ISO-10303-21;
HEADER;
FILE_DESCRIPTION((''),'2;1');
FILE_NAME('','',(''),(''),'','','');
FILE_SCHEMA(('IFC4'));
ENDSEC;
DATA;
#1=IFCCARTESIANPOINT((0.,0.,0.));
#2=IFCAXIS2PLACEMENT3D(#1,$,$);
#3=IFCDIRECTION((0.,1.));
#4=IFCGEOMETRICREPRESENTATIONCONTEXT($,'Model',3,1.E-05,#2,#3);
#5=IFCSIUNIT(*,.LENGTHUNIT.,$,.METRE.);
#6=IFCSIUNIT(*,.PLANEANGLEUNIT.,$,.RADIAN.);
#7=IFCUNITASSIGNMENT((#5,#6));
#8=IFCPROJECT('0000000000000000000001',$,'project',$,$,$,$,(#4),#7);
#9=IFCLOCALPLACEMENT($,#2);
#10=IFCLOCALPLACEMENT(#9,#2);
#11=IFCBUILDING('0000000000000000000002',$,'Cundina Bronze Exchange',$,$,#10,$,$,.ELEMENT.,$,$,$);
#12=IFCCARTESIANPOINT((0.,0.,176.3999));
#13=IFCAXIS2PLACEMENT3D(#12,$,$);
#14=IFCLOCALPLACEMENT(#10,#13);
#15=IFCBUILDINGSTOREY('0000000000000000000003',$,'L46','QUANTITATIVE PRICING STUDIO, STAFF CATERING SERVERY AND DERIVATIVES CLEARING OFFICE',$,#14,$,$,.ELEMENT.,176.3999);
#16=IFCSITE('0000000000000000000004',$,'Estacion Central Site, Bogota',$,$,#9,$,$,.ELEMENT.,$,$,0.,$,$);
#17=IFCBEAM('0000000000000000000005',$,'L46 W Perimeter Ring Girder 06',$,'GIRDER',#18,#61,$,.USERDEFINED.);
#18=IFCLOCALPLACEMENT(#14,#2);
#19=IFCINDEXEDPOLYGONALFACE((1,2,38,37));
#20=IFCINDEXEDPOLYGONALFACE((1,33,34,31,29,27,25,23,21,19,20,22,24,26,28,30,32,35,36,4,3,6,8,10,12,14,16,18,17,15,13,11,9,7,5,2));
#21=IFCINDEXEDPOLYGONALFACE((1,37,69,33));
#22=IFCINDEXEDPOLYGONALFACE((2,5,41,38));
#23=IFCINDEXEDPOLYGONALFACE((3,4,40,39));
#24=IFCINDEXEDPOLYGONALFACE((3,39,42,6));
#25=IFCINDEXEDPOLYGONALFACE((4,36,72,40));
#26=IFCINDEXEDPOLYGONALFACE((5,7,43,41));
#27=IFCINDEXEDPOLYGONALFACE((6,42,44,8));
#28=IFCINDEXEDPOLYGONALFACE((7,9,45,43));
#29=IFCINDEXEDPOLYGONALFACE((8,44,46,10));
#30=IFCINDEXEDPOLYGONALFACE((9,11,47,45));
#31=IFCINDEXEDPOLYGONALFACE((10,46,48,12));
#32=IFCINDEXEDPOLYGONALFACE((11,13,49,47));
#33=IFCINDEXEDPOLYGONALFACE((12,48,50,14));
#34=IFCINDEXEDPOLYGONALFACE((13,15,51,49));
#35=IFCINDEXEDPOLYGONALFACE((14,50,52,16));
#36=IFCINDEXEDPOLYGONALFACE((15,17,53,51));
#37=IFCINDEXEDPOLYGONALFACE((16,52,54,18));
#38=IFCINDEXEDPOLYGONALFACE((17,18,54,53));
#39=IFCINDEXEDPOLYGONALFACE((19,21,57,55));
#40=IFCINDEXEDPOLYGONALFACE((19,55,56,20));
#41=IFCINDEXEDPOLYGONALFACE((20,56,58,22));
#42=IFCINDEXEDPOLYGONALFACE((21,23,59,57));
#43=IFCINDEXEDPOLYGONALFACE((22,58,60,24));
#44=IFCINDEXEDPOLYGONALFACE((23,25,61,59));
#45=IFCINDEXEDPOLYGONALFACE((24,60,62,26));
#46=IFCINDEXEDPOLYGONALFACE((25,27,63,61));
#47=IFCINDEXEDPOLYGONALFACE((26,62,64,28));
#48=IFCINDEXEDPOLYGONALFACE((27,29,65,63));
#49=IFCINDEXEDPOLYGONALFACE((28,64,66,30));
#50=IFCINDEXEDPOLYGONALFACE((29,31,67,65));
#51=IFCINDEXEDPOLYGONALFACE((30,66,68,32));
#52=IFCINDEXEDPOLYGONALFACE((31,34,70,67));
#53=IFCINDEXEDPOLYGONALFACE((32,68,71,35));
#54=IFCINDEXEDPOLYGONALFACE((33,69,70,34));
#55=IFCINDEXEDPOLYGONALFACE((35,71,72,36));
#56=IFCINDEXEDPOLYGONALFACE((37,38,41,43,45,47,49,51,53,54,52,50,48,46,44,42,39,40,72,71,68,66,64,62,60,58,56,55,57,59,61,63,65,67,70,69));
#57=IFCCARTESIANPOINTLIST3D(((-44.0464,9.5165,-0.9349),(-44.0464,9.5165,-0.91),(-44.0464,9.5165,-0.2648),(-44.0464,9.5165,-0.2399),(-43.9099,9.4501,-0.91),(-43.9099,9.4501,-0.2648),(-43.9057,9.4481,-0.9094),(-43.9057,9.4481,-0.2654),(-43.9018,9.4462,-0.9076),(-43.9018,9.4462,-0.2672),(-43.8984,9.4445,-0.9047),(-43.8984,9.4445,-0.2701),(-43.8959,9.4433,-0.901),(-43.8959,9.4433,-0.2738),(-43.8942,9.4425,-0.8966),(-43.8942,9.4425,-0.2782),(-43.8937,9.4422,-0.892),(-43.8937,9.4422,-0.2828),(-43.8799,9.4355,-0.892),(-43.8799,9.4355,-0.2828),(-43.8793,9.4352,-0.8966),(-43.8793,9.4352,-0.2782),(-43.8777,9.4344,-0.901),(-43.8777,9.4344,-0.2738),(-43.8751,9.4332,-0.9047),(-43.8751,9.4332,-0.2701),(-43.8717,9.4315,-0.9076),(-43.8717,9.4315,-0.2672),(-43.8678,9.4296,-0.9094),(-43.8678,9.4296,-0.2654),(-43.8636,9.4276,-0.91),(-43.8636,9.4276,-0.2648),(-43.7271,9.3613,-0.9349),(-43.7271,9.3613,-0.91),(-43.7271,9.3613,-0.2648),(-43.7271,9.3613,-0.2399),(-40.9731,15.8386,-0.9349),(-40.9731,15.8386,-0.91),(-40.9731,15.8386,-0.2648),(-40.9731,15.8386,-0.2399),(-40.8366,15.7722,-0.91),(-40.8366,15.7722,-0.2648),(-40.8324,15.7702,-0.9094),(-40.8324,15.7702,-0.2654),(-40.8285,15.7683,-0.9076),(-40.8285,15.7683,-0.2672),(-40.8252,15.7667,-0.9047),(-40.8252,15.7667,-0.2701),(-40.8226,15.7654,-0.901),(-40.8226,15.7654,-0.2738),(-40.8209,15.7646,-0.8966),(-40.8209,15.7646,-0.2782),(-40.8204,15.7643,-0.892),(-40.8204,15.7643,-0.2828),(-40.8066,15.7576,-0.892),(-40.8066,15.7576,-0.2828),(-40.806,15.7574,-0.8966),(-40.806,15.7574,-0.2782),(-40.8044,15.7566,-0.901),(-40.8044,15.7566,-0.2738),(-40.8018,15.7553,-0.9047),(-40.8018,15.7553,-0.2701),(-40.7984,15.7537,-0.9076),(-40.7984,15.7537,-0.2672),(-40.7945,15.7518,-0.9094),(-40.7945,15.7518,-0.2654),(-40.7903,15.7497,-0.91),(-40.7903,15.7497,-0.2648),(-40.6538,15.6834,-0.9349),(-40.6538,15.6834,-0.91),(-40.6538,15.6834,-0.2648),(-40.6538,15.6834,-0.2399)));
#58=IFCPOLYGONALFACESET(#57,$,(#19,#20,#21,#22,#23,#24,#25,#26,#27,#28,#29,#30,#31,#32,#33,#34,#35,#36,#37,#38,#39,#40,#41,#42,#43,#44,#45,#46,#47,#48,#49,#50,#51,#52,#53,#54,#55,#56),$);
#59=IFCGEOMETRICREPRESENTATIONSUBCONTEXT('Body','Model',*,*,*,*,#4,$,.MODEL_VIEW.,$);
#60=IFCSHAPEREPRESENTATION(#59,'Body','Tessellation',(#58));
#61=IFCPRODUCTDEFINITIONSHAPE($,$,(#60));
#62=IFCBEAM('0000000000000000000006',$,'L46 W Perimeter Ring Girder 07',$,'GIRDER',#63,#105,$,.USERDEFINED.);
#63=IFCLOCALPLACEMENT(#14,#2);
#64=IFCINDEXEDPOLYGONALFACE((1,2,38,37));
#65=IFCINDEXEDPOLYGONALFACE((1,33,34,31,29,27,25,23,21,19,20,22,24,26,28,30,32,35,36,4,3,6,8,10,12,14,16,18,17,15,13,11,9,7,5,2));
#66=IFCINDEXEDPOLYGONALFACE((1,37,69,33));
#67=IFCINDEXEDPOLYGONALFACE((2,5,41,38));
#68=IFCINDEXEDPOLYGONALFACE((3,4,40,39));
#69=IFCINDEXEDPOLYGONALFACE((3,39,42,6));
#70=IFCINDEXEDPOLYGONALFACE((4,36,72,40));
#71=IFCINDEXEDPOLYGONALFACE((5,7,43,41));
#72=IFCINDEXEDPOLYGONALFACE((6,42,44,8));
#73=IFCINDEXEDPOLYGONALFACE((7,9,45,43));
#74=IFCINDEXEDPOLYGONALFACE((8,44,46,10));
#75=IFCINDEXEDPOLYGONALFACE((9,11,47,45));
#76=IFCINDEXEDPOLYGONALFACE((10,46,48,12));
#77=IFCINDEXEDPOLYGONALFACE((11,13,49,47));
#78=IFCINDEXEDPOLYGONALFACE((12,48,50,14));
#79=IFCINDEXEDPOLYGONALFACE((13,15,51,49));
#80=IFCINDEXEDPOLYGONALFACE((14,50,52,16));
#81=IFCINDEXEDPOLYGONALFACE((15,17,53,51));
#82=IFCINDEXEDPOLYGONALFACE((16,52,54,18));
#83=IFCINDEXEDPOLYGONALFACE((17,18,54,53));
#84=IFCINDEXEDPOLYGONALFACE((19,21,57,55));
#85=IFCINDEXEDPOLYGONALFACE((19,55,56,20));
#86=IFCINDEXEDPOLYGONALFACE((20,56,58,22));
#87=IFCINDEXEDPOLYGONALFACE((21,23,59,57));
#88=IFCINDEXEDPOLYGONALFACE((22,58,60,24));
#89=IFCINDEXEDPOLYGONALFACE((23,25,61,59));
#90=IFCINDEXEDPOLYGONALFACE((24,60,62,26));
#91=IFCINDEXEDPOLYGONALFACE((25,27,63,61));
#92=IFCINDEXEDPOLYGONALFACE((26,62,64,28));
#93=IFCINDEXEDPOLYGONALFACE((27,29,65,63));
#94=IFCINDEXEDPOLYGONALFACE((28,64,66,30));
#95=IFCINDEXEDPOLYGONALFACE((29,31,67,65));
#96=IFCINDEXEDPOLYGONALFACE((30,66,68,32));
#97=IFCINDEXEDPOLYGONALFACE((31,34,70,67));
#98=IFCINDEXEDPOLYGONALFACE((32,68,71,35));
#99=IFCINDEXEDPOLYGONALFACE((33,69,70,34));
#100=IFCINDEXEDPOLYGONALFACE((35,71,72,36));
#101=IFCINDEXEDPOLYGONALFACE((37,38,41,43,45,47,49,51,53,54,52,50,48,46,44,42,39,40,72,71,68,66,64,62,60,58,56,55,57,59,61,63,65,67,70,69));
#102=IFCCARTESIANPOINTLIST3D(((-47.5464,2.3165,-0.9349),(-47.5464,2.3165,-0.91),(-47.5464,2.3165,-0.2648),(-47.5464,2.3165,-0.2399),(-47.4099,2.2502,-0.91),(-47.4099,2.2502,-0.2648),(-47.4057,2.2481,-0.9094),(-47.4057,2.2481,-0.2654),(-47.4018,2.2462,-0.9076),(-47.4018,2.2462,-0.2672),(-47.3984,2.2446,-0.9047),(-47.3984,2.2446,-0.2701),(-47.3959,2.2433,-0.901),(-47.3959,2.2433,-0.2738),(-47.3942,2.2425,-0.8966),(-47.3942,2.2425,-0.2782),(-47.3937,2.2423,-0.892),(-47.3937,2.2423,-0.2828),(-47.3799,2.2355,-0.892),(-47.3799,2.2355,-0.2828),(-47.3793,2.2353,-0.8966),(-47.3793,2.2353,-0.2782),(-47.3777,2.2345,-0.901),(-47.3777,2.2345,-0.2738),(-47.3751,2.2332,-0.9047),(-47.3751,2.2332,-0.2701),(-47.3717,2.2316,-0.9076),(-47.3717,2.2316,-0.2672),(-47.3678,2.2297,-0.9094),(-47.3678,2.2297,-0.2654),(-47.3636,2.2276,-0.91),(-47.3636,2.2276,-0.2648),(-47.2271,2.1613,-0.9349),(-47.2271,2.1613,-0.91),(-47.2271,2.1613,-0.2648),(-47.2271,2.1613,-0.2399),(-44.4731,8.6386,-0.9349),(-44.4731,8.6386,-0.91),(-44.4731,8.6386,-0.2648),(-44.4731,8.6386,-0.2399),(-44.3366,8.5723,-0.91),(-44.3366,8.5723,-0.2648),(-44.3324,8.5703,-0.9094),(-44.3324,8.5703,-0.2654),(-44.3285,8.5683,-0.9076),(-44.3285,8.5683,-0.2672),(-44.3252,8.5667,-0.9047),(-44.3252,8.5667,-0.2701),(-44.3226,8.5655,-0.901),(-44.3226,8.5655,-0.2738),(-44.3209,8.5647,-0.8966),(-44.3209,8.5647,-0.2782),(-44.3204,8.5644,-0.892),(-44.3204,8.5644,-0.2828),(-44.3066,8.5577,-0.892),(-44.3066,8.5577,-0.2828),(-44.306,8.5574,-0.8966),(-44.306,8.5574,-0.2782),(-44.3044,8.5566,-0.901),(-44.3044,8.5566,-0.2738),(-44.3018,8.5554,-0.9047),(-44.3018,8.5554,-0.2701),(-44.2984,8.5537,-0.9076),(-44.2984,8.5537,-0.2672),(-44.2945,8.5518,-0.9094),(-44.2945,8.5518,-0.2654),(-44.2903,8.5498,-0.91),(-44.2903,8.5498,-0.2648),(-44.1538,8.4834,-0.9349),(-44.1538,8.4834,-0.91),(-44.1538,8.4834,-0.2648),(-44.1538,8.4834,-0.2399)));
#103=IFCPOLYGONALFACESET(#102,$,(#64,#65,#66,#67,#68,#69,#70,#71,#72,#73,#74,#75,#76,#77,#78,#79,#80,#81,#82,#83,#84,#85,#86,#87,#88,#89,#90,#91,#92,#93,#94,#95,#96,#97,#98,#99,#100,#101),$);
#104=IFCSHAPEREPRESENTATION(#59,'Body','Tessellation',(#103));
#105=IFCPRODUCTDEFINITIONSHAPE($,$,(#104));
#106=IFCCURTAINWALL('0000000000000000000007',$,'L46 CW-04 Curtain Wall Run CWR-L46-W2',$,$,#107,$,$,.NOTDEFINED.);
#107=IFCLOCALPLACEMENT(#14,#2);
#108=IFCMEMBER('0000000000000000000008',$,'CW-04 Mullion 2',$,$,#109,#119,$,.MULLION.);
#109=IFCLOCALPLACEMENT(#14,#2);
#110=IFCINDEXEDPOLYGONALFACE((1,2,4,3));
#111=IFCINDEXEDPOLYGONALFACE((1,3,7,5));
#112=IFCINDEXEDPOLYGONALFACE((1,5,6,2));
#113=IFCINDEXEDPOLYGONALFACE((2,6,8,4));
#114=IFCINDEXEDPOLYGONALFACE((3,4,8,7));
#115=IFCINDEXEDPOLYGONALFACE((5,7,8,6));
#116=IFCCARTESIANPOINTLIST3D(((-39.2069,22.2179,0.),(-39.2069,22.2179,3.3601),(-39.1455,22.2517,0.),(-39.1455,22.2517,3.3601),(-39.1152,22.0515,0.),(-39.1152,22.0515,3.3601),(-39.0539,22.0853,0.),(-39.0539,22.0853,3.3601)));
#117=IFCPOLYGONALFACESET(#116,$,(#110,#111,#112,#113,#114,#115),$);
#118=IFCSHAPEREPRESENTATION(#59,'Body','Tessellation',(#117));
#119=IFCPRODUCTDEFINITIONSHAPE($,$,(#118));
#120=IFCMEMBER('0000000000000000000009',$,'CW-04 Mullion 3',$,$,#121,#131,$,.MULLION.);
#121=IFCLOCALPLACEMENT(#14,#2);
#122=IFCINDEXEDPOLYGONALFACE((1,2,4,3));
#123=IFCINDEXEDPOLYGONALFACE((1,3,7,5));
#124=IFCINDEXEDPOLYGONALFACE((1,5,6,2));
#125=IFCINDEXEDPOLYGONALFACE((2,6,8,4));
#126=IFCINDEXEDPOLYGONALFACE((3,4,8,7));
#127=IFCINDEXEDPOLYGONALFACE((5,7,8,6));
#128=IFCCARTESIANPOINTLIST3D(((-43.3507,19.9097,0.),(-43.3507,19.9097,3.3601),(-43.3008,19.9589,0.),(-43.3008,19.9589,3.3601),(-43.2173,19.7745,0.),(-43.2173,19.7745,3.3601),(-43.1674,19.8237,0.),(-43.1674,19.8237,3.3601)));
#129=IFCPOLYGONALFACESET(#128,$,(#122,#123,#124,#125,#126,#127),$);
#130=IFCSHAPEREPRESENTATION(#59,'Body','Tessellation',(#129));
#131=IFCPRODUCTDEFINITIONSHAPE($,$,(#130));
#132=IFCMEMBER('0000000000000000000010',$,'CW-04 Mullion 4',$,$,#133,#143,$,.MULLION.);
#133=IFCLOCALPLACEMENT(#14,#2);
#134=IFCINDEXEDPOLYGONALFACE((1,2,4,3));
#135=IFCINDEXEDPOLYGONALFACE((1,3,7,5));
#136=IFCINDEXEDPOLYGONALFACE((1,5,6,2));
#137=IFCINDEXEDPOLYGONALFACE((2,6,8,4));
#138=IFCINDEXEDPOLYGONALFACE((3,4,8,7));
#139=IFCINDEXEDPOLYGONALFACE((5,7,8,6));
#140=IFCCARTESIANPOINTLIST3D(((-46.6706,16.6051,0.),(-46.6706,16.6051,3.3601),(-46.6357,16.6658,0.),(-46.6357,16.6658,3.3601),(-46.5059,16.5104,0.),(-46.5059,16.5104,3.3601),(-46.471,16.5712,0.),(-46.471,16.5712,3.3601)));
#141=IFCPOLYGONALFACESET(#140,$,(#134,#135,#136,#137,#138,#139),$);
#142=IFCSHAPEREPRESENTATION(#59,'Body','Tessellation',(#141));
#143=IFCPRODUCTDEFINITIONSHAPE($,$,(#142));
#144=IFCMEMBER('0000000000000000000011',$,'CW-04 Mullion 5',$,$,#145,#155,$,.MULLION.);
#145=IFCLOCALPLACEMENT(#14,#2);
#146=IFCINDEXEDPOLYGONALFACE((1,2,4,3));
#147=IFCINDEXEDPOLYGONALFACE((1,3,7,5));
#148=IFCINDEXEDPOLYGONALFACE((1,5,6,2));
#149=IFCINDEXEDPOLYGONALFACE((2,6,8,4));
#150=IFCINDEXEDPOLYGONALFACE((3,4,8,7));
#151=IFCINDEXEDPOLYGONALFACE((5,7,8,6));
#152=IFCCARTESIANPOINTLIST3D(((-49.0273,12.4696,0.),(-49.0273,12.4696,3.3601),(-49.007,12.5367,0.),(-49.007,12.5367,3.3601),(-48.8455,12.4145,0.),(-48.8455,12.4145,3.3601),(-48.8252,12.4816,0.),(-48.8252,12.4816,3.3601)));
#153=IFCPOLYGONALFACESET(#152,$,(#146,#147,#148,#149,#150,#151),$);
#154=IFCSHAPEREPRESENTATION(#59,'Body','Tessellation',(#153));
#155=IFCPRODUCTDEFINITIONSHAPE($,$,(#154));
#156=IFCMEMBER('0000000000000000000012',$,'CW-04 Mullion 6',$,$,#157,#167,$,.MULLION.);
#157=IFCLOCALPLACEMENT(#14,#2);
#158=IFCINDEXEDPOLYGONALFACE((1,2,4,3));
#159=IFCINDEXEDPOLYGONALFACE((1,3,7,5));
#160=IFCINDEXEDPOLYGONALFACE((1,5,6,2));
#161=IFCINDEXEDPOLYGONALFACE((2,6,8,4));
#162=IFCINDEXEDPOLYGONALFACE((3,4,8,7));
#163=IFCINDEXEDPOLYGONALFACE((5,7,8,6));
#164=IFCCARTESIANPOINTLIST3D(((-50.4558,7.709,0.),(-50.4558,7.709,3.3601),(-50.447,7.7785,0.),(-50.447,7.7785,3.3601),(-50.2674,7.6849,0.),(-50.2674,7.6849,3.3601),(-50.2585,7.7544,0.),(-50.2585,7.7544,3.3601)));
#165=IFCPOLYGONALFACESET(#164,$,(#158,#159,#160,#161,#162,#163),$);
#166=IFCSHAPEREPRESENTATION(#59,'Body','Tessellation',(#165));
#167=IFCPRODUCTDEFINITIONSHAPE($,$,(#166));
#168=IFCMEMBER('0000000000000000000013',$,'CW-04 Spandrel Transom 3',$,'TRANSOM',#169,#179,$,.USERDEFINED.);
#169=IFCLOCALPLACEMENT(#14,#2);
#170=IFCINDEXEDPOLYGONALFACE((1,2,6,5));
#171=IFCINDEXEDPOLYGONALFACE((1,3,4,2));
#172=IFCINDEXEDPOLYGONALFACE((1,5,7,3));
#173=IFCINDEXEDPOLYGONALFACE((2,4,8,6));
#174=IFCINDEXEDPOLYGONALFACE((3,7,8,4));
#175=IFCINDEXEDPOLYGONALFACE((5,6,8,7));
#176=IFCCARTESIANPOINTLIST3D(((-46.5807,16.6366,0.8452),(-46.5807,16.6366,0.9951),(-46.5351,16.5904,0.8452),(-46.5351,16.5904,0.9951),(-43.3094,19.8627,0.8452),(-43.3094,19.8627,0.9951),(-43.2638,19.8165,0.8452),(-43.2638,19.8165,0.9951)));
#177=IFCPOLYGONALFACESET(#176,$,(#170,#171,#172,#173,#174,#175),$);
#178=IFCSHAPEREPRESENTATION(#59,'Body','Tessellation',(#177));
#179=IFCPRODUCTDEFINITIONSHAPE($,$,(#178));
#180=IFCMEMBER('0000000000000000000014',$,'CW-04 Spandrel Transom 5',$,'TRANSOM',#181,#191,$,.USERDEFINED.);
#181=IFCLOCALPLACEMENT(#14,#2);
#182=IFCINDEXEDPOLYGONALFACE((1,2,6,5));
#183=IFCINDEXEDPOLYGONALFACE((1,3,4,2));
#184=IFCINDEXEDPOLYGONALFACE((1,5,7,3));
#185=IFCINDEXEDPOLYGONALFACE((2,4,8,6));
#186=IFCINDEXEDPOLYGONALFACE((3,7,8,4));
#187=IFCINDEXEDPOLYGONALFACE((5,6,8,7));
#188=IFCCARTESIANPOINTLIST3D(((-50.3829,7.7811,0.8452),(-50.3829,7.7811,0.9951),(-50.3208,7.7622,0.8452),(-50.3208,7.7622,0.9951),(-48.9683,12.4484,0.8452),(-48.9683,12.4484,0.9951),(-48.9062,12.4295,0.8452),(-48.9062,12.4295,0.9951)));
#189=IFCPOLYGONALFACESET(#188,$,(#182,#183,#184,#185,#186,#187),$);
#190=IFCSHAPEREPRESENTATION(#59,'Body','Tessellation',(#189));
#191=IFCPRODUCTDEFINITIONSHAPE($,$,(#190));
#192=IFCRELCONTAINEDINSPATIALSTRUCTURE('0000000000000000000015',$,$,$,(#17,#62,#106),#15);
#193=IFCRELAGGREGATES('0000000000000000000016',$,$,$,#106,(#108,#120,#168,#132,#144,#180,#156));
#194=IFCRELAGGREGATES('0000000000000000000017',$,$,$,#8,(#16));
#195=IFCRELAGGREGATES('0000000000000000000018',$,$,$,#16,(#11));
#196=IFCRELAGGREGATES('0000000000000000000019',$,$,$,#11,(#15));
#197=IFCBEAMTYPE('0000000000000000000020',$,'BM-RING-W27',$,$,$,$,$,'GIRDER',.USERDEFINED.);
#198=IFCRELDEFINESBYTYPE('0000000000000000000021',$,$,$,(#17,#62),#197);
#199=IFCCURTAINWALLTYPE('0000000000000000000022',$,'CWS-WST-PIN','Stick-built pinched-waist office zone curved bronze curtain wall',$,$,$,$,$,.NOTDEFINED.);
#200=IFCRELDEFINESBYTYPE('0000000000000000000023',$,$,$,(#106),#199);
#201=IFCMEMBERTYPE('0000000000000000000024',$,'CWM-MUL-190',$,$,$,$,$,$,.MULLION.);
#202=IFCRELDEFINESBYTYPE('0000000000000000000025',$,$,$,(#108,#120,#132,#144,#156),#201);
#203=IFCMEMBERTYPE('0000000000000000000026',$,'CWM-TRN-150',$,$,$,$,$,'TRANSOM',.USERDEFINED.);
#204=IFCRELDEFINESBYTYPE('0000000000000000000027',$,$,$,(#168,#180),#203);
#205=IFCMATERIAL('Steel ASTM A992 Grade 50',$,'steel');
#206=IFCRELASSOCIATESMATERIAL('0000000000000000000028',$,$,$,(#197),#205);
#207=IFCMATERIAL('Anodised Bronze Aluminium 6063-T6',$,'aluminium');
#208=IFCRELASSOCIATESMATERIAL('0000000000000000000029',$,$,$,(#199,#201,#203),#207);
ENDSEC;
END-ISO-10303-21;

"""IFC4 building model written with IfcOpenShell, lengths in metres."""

from ifc_helpers import new_model, si_unit, direction, frame, origin, origin_2d, place, context, subcontext, project, spatial, rectangle, i_section, extrude, material, material_profile, profile_set, type_object, element, aggregate, save


model = new_model("IFC4")

# Units and contexts
model_context = context("Model", 3, precision=1e-05, world=origin(), true_north=direction((0.0, 1.0)))
body_context = subcontext(model_context, "Body", "Model", "MODEL_VIEW")
ifc_project = project(units=[si_unit("LENGTHUNIT", "METRE"), si_unit("PLANEANGLEUNIT", "RADIAN")], contexts=[model_context])

# Site, building, storey
site_placement = place(None, origin())
site = spatial("IfcSite", under=ifc_project, at=site_placement, Name="Estacion Central Site, Bogota", CompositionType="ELEMENT", RefElevation=0.0)
building_placement = place(site_placement, origin())
building = spatial("IfcBuilding", under=site, at=building_placement, Name="Cundina Bronze Exchange", CompositionType="ELEMENT")
storey_placement = place(building_placement, frame((0.0, 0.0, 176.3999)))
storey = spatial("IfcBuildingStorey", under=building, at=storey_placement, Name="L46", Description="QUANTITATIVE PRICING STUDIO, STAFF CATERING SERVERY AND DERIVATIVES CLEARING OFFICE", CompositionType="ELEMENT", Elevation=176.3999)

# Beams
ifc_material_1 = material(Name="Steel ASTM A992 Grade 50", Category="steel")
ifc_material_profile_1 = material_profile(ifc_material_1, i_section(OverallWidth=0.355, OverallDepth=0.6951, WebThickness=0.0154, FlangeThickness=0.0249, FilletRadius=0.0181, at=origin_2d()), Name="W27X146", Category="steel")
ifc_profile_set_1 = profile_set([ifc_material_profile_1], Name="Steel ASTM A992 Grade 50")
beam_type_1 = type_object("IfcBeamType", Name="BM-RING-W27", ElementType="GIRDER", PredefinedType="USERDEFINED", material=ifc_profile_set_1)
for number, where, z_axis, x_axis, name in (
    (1, (-40.8135, 15.761, -0.5874), (-0.437197, -0.899366, 0.0), (0.899366, -0.437197, 0.0), "L46 W Perimeter Ring Girder 06"),
    (2, (-44.3135, 8.561, -0.5874), (-0.437197, -0.899366, 0.0), (0.899366, -0.437197, 0.0), "L46 W Perimeter Ring Girder 07"),
):
    element("IfcBeam", number, at=place(storey_placement, frame(where, z_axis=z_axis, x_axis=x_axis)), inside=storey, type_object=beam_type_1, Name=name, ObjectType="GIRDER", PredefinedType="USERDEFINED", context=body_context, shape_type="SweptSolid", body=[
        extrude(i_section(OverallWidth=0.355, OverallDepth=0.6951, WebThickness=0.0154, FlangeThickness=0.0249, FilletRadius=0.0181, at=origin_2d()), origin(), (0.0, 0.0, 1.0), 7.0295),
    ])

# Curtain wall, members
ifc_material_2 = material(Name="Anodised Bronze Aluminium 6063-T6", Category="aluminium")
curtain_wall_type = type_object("IfcCurtainWallType", Name="CWS-WST-PIN", Description="Stick-built pinched-waist office zone curved bronze curtain wall", PredefinedType="NOTDEFINED", material=ifc_material_2)
curtain_wall_placement = place(storey_placement, origin())
curtain_wall = element("IfcCurtainWall", 3, at=curtain_wall_placement, inside=storey, type_object=curtain_wall_type, Name="L46 CW-04 Curtain Wall Run CWR-L46-W2", PredefinedType="NOTDEFINED")
ifc_material_profile_2 = material_profile(ifc_material_2, rectangle(XDim=0.0701, YDim=0.1899, at=origin_2d()), Name="AL70X190", Category="aluminium")
ifc_profile_set_2 = profile_set([ifc_material_profile_2], Name="Anodised Bronze Aluminium 6063-T6")
member_type_1 = type_object("IfcMemberType", Name="CWM-MUL-190", PredefinedType="MULLION", material=ifc_profile_set_2)
member_1_placement = place(storey_placement, frame((-39.1304, 22.1516, 0.0), z_axis=(0.0, 0.0, 1.0), x_axis=(-0.875886, -0.482518, 0.0)))
member_1 = element("IfcMember", 4, at=member_1_placement, type_object=member_type_1, Name="CW-04 Mullion 2", PredefinedType="MULLION", context=body_context, shape_type="SweptSolid", body=[
    extrude(rectangle(XDim=0.0701, YDim=0.1899, at=origin_2d()), origin(), (0.0, 0.0, 1.0), 3.3601),
])
member_2_placement = place(storey_placement, frame((-43.259, 19.8667, 0.0), z_axis=(0.0, 0.0, 1.0), x_axis=(-0.712026, -0.702153, 0.0)))
member_2 = element("IfcMember", 5, at=member_2_placement, type_object=member_type_1, Name="CW-04 Mullion 3", PredefinedType="MULLION", context=body_context, shape_type="SweptSolid", body=[
    extrude(rectangle(XDim=0.0701, YDim=0.1899, at=origin_2d()), origin(), (0.0, 0.0, 1.0), 3.3601),
])
member_3_placement = place(storey_placement, frame((-46.5708, 16.5881, 0.0), z_axis=(0.0, 0.0, 1.0), x_axis=(-0.498488, -0.866897, 0.0)))
member_3 = element("IfcMember", 6, at=member_3_placement, type_object=member_type_1, Name="CW-04 Mullion 4", PredefinedType="MULLION", context=body_context, shape_type="SweptSolid", body=[
    extrude(rectangle(XDim=0.0701, YDim=0.1899, at=origin_2d()), origin(), (0.0, 0.0, 1.0), 3.3601),
])
member_4_placement = place(storey_placement, frame((-48.9263, 12.4756, 0.0), z_axis=(0.0, 0.0, 1.0), x_axis=(-0.290034, -0.957016, 0.0)))
member_4 = element("IfcMember", 7, at=member_4_placement, type_object=member_type_1, Name="CW-04 Mullion 5", PredefinedType="MULLION", context=body_context, shape_type="SweptSolid", body=[
    extrude(rectangle(XDim=0.0701, YDim=0.1899, at=origin_2d()), origin(), (0.0, 0.0, 1.0), 3.3601),
])
member_5_placement = place(storey_placement, frame((-50.3572, 7.7317, 0.0), z_axis=(0.0, 0.0, 1.0), x_axis=(-0.126545, -0.991961, 0.0)))
member_5 = element("IfcMember", 8, at=member_5_placement, type_object=member_type_1, Name="CW-04 Mullion 6", PredefinedType="MULLION", context=body_context, shape_type="SweptSolid", body=[
    extrude(rectangle(XDim=0.0701, YDim=0.1899, at=origin_2d()), origin(), (0.0, 0.0, 1.0), 3.3601),
])
ifc_material_profile_3 = material_profile(ifc_material_2, rectangle(XDim=0.0649, YDim=0.1499, at=origin_2d()), Name="AL65X150", Category="aluminium")
ifc_profile_set_3 = profile_set([ifc_material_profile_3], Name="Anodised Bronze Aluminium 6063-T6")
member_type_2 = type_object("IfcMemberType", Name="CWM-TRN-150", ElementType="TRANSOM", PredefinedType="USERDEFINED", material=ifc_profile_set_3)
member_6_placement = place(storey_placement, frame((-43.2866, 19.8396, 0.9202), z_axis=(-0.712005, -0.702174, 0.0), x_axis=(0.702174, -0.712005, 0.0)))
member_6 = element("IfcMember", 9, at=member_6_placement, type_object=member_type_2, Name="CW-04 Spandrel Transom 3", ObjectType="TRANSOM", PredefinedType="USERDEFINED", context=body_context, shape_type="SweptSolid", body=[
    extrude(rectangle(XDim=0.0649, YDim=0.1499, at=origin_2d()), origin(), (0.0, 0.0, 1.0), 4.5945),
])
member_7_placement = place(storey_placement, frame((-48.9373, 12.439, 0.9202), z_axis=(-0.290052, -0.957011, 0.0), x_axis=(0.957011, -0.290052, 0.0)))
member_7 = element("IfcMember", 10, at=member_7_placement, type_object=member_type_2, Name="CW-04 Spandrel Transom 5", ObjectType="TRANSOM", PredefinedType="USERDEFINED", context=body_context, shape_type="SweptSolid", body=[
    extrude(rectangle(XDim=0.0649, YDim=0.1499, at=origin_2d()), origin(), (0.0, 0.0, 1.0), 4.877),
])
aggregate(curtain_wall, [member_1, member_2, member_6, member_3, member_4, member_7, member_5])

save(model, "model.ifc")
